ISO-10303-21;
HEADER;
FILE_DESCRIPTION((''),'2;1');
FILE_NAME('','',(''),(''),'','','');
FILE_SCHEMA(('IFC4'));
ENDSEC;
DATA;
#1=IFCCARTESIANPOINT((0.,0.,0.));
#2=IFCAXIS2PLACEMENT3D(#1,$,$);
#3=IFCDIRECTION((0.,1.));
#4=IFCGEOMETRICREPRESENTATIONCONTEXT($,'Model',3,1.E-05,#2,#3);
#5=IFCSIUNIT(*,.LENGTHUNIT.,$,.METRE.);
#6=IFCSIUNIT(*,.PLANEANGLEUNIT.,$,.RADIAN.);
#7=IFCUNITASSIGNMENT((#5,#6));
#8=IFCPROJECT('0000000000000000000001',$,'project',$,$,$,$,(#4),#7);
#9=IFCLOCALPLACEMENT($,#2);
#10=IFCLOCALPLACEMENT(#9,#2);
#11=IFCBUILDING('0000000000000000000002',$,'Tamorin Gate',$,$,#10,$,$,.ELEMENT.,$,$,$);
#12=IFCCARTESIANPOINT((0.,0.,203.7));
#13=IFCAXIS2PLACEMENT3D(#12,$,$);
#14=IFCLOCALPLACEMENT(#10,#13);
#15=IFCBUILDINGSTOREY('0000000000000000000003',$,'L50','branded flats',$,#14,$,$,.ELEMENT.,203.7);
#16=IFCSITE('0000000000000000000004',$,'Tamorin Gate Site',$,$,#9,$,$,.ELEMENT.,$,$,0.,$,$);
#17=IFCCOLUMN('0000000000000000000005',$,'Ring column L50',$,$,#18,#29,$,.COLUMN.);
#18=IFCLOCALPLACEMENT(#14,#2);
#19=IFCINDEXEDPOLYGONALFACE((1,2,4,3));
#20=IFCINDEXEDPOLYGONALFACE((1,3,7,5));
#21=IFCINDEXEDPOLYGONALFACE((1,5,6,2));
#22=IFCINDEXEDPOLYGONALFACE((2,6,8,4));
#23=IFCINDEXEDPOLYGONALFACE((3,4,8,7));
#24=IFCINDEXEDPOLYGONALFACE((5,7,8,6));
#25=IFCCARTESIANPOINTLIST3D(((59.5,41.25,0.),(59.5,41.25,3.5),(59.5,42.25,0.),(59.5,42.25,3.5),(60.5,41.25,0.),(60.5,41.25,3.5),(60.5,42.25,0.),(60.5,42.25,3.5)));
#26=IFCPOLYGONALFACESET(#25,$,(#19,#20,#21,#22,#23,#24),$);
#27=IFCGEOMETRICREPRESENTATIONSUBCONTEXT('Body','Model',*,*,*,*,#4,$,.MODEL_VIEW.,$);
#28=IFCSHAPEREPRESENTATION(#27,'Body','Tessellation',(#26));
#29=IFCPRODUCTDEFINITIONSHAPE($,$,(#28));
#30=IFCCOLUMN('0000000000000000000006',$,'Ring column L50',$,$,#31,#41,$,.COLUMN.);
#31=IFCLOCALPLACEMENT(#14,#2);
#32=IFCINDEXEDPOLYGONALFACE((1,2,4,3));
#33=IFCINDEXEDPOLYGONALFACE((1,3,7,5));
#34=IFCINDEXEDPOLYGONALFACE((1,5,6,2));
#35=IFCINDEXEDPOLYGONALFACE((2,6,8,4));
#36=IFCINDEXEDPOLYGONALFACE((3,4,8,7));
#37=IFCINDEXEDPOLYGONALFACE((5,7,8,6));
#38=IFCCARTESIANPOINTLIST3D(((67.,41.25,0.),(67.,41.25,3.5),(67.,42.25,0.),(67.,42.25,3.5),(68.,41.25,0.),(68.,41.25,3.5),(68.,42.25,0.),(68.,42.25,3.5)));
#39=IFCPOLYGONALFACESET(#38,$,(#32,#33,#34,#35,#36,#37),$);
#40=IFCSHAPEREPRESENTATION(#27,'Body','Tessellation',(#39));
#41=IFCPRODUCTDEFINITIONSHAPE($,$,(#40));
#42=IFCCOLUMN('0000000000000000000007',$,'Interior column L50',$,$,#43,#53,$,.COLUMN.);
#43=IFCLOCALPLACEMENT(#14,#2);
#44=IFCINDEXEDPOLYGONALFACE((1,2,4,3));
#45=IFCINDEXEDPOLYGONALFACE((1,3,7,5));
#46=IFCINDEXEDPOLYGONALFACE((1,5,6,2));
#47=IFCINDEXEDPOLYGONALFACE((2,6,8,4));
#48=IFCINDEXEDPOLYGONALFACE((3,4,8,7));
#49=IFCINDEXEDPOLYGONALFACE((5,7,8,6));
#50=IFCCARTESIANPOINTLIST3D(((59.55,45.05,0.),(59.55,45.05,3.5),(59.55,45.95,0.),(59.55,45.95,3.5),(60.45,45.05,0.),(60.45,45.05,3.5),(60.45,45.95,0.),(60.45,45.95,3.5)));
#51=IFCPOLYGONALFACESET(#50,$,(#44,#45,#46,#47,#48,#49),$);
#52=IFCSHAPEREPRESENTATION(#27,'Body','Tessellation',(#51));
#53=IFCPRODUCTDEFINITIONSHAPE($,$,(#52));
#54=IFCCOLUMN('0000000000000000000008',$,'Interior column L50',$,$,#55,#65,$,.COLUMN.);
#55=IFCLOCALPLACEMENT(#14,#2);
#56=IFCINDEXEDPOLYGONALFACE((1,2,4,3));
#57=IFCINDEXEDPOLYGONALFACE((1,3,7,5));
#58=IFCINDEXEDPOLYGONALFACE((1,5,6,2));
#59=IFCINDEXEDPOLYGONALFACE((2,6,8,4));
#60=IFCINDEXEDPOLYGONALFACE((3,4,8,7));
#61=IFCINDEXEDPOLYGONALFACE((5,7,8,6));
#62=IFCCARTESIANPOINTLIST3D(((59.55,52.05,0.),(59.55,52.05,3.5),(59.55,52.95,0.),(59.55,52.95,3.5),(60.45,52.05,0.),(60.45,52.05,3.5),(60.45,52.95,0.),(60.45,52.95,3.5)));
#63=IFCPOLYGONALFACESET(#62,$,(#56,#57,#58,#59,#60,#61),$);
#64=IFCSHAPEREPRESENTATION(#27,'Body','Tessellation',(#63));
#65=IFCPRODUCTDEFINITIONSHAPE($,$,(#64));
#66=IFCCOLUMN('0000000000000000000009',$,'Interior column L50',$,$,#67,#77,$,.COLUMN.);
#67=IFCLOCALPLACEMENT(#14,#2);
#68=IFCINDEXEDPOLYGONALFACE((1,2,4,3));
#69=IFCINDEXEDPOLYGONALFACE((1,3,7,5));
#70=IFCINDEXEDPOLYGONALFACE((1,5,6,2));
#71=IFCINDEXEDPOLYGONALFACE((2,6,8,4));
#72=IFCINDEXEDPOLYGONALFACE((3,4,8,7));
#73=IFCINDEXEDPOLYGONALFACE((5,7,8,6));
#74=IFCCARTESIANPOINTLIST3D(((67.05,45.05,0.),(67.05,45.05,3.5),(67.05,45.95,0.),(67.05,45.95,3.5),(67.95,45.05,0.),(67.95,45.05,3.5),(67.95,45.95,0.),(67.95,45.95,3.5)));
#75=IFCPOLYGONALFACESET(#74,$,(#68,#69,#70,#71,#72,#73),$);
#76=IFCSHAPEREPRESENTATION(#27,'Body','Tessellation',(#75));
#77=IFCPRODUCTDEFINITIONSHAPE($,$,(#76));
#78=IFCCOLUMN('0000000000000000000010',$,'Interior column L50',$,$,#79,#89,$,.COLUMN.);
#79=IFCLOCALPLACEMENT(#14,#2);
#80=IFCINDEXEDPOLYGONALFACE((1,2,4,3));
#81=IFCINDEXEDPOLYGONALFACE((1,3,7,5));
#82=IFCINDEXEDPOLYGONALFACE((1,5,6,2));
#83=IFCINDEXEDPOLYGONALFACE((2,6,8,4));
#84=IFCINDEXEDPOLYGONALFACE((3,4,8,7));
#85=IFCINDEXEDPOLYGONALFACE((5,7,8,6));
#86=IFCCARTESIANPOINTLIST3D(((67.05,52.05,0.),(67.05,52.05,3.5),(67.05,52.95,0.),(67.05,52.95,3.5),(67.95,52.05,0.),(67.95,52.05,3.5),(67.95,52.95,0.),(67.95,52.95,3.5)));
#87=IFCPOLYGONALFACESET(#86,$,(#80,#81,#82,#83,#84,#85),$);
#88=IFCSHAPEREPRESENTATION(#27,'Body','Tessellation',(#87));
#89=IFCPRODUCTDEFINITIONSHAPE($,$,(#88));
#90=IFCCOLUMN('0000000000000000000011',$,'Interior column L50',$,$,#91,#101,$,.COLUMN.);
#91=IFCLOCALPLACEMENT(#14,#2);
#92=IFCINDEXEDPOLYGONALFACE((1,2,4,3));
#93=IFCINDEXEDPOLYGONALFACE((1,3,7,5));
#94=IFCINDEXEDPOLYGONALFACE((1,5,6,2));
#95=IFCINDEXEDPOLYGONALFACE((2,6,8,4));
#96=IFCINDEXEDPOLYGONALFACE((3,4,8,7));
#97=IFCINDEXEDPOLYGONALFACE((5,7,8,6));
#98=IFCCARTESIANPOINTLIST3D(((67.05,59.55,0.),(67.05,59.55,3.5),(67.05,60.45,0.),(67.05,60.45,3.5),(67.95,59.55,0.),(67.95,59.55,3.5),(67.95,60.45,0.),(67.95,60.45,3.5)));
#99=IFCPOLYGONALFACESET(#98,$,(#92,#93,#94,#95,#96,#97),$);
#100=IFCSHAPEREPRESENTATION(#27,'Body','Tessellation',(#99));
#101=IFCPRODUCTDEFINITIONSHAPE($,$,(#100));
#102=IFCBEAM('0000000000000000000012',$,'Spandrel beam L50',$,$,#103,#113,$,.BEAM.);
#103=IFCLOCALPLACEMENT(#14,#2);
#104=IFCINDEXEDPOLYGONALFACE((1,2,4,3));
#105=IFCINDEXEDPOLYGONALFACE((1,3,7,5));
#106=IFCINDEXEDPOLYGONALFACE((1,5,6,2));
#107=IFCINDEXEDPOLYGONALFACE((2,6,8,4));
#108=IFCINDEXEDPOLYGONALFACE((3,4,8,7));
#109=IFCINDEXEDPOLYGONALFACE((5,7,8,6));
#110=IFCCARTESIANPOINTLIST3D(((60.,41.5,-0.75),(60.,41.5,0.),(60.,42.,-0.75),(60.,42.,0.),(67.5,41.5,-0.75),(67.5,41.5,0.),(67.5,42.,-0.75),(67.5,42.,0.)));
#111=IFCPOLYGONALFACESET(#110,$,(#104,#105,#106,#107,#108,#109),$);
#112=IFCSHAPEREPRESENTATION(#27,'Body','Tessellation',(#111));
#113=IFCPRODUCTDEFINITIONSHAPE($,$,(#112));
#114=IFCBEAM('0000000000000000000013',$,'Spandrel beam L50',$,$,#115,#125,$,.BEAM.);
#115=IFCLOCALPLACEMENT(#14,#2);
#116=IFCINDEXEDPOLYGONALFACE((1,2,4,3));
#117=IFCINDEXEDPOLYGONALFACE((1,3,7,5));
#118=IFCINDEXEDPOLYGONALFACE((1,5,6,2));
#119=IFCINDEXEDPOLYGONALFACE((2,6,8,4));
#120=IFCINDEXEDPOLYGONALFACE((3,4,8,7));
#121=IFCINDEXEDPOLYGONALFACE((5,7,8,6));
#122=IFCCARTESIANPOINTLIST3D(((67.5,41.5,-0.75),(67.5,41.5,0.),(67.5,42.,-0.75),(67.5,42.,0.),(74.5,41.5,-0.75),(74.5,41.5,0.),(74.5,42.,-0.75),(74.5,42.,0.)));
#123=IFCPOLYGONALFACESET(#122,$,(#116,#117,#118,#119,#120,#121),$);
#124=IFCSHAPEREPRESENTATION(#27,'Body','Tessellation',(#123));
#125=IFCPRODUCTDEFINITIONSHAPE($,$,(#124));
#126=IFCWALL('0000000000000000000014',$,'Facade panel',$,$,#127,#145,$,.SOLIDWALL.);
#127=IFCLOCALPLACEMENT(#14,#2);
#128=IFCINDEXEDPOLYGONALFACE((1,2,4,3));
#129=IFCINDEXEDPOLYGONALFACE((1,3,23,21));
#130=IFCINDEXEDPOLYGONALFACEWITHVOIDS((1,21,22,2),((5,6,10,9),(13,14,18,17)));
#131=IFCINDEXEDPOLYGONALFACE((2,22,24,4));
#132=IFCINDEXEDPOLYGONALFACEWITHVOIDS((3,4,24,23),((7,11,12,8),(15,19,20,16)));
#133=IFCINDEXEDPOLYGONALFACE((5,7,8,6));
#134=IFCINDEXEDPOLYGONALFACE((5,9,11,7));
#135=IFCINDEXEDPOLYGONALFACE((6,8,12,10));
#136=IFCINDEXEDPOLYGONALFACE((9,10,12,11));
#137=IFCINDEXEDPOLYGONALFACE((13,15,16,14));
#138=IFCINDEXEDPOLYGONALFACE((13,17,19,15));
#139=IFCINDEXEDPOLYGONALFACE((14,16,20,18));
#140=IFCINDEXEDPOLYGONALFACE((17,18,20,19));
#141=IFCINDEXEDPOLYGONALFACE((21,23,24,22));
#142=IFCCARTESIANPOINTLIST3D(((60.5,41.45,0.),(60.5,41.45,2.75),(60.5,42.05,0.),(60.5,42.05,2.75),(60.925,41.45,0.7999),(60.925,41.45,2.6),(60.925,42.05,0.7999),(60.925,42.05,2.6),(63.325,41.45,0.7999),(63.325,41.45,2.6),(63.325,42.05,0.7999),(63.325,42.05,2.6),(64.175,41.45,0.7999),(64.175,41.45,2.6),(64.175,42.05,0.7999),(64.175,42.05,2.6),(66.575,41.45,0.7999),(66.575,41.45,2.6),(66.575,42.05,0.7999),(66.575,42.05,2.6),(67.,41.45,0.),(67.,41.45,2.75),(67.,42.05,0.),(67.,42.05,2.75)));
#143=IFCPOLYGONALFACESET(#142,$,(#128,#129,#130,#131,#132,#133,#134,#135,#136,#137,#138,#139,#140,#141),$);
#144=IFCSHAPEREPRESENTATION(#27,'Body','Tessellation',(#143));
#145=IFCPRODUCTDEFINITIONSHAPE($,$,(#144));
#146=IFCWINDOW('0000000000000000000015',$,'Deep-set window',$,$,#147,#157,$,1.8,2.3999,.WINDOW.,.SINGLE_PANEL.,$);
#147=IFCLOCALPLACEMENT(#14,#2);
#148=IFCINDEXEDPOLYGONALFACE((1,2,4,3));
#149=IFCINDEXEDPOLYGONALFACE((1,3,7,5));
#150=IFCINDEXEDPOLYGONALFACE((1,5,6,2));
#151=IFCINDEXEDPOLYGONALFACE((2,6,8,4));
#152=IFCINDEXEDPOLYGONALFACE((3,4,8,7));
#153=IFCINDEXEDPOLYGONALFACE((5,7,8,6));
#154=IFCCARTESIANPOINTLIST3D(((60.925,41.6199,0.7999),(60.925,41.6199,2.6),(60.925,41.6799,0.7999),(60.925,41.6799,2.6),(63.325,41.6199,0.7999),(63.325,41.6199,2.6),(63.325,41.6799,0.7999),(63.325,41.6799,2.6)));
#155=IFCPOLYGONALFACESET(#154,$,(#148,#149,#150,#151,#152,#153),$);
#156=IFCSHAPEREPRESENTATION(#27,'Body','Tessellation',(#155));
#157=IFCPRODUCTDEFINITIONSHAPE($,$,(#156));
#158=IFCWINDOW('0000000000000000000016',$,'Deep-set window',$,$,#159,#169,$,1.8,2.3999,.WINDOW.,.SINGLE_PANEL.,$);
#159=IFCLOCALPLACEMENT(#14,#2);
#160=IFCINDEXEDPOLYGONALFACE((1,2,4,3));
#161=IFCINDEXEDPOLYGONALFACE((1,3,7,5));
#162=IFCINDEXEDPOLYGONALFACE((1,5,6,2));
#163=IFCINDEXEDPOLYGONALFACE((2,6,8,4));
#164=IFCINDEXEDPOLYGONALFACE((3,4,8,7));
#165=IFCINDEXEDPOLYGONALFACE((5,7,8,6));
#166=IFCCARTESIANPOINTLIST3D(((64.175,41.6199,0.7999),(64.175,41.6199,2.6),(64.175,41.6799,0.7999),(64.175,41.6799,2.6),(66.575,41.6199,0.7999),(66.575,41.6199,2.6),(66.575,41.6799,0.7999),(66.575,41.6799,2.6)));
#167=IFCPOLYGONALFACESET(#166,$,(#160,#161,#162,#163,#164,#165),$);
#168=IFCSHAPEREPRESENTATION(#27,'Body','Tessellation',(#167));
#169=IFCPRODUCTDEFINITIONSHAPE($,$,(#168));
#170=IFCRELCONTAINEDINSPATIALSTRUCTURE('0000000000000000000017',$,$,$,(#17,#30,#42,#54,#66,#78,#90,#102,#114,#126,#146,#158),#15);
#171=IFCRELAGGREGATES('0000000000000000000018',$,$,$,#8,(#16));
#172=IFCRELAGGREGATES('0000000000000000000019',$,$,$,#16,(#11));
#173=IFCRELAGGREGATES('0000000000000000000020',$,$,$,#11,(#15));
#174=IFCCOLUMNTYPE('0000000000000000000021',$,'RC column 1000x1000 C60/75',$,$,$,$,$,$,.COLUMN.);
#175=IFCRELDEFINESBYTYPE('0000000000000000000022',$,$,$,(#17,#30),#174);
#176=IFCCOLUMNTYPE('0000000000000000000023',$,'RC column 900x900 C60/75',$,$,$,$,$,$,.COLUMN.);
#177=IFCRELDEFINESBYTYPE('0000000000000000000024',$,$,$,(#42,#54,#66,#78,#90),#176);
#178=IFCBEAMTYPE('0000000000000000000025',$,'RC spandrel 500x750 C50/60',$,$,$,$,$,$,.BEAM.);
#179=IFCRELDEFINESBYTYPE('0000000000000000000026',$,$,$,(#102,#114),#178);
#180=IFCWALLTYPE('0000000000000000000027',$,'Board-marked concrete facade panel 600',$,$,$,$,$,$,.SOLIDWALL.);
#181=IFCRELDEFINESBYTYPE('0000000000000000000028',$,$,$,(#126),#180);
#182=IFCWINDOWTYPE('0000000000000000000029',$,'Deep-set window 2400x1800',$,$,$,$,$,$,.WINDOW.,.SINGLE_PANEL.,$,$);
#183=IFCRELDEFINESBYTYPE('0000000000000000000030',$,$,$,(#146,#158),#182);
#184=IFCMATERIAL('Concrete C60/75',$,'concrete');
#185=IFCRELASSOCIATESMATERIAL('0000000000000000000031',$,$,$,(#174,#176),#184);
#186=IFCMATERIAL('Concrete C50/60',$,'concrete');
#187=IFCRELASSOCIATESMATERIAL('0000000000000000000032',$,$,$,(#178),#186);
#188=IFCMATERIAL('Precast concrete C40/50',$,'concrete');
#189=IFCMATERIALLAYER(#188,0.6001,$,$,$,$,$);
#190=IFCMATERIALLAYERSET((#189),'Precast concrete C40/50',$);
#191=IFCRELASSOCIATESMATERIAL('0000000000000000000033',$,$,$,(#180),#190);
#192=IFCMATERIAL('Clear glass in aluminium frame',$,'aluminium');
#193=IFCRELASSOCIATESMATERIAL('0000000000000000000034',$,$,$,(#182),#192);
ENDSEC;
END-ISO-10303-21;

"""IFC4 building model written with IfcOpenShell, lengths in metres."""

from ifc_helpers import new_model, si_unit, direction, frame, frame_2d, origin, origin_2d, place, context, subcontext, project, spatial, rectangle, extrude, material, layer, layer_set, material_profile, profile_set, type_object, element, fill, save


model = new_model("IFC4")

# Units and contexts
model_context = context("Model", 3, precision=1e-05, world=origin(), true_north=direction((0.0, 1.0)))
body_context = subcontext(model_context, "Body", "Model", "MODEL_VIEW")
ifc_project = project(units=[si_unit("LENGTHUNIT", "METRE"), si_unit("PLANEANGLEUNIT", "RADIAN")], contexts=[model_context])

# Site, building, storey
site_placement = place(None, origin())
site = spatial("IfcSite", under=ifc_project, at=site_placement, Name="Tamorin Gate Site", CompositionType="ELEMENT", RefElevation=0.0)
building_placement = place(site_placement, origin())
building = spatial("IfcBuilding", under=site, at=building_placement, Name="Tamorin Gate", CompositionType="ELEMENT")
storey_placement = place(building_placement, frame((0.0, 0.0, 203.7)))
storey = spatial("IfcBuildingStorey", under=building, at=storey_placement, Name="L50", Description="branded flats", CompositionType="ELEMENT", Elevation=203.7)

# Columns
ifc_material_1 = material(Name="Concrete C60/75", Category="concrete")
ifc_material_profile_1 = material_profile(ifc_material_1, rectangle(XDim=1.0, YDim=1.0, at=origin_2d()), Name="RC 1000x1000")
ifc_profile_set_1 = profile_set([ifc_material_profile_1], Name="Concrete C60/75")
column_type_1 = type_object("IfcColumnType", Name="RC column 1000x1000 C60/75", PredefinedType="COLUMN", material=ifc_profile_set_1)
for number, where, z_axis, x_axis, name in (
    (1, (60.0, 41.75, 0.0), (0.0, 0.0, 1.0), (1.0, 0.0, 0.0), "Ring column L50"),
    (2, (67.5, 41.75, 0.0), (0.0, 0.0, 1.0), (1.0, 0.0, 0.0), "Ring column L50"),
):
    element("IfcColumn", number, at=place(storey_placement, frame(where, z_axis=z_axis, x_axis=x_axis)), inside=storey, type_object=column_type_1, Name=name, PredefinedType="COLUMN", context=body_context, shape_type="SweptSolid", body=[
        extrude(rectangle(XDim=1.0, YDim=1.0, at=origin_2d()), origin(), (0.0, 0.0, 1.0), 3.5),
    ])
ifc_material_profile_2 = material_profile(ifc_material_1, rectangle(XDim=0.8999, YDim=0.8999, at=origin_2d()), Name="RC 900x900")
ifc_profile_set_2 = profile_set([ifc_material_profile_2], Name="Concrete C60/75")
column_type_2 = type_object("IfcColumnType", Name="RC column 900x900 C60/75", PredefinedType="COLUMN", material=ifc_profile_set_2)
for number, where, z_axis, x_axis, name in (
    (3, (60.0, 45.5, 0.0), (0.0, 0.0, 1.0), (1.0, 0.0, 0.0), "Interior column L50"),
    (4, (60.0, 52.5, 0.0), (0.0, 0.0, 1.0), (1.0, 0.0, 0.0), "Interior column L50"),
    (5, (67.5, 45.5, 0.0), (0.0, 0.0, 1.0), (1.0, 0.0, 0.0), "Interior column L50"),
    (6, (67.5, 52.5, 0.0), (0.0, 0.0, 1.0), (1.0, 0.0, 0.0), "Interior column L50"),
    (7, (67.5, 60.0, 0.0), (0.0, 0.0, 1.0), (1.0, 0.0, 0.0), "Interior column L50"),
):
    element("IfcColumn", number, at=place(storey_placement, frame(where, z_axis=z_axis, x_axis=x_axis)), inside=storey, type_object=column_type_2, Name=name, PredefinedType="COLUMN", context=body_context, shape_type="SweptSolid", body=[
        extrude(rectangle(XDim=0.8999, YDim=0.8999, at=origin_2d()), origin(), (0.0, 0.0, 1.0), 3.5),
    ])

# Beams
ifc_material_2 = material(Name="Concrete C50/60", Category="concrete")
ifc_material_profile_3 = material_profile(ifc_material_2, rectangle(XDim=0.5, YDim=0.75, at=origin_2d()), Name="RC 500x750")
ifc_profile_set_3 = profile_set([ifc_material_profile_3], Name="Concrete C50/60")
beam_type = type_object("IfcBeamType", Name="RC spandrel 500x750 C50/60", PredefinedType="BEAM", material=ifc_profile_set_3)
beam_1_placement = place(storey_placement, frame((60.0, 41.75, -0.375), z_axis=(1.0, 0.0, 0.0), x_axis=(0.0, 1.0, 0.0)))
element("IfcBeam", 8, at=beam_1_placement, inside=storey, type_object=beam_type, Name="Spandrel beam L50", PredefinedType="BEAM", context=body_context, shape_type="SweptSolid", body=[
    extrude(rectangle(XDim=0.5, YDim=0.75, at=origin_2d()), origin(), (0.0, 0.0, 1.0), 7.5),
])
beam_2_placement = place(storey_placement, frame((67.5, 41.75, -0.375), z_axis=(1.0, 0.0, 0.0), x_axis=(0.0, 1.0, 0.0)))
element("IfcBeam", 9, at=beam_2_placement, inside=storey, type_object=beam_type, Name="Spandrel beam L50", PredefinedType="BEAM", context=body_context, shape_type="SweptSolid", body=[
    extrude(rectangle(XDim=0.5, YDim=0.75, at=origin_2d()), origin(), (0.0, 0.0, 1.0), 7.0),
])

# Wall, openings, windows
ifc_material_3 = material(Name="Precast concrete C40/50", Category="concrete")
ifc_layer_1 = layer(ifc_material_3, 0.6001)
ifc_layer_set_1 = layer_set([ifc_layer_1], Name="Precast concrete C40/50")
wall_type_1 = type_object("IfcWallType", Name="Board-marked concrete facade panel 600", PredefinedType="SOLIDWALL", material=ifc_layer_set_1)
wall_1_placement = place(storey_placement, frame((60.5, 41.75, 0.0), z_axis=(0.0, 0.0, 1.0), x_axis=(1.0, 0.0, 0.0)))
wall_1 = element("IfcWall", 10, at=wall_1_placement, inside=storey, type_object=wall_type_1, Name="Facade panel", PredefinedType="SOLIDWALL", context=body_context, shape_type="SweptSolid", body=[
    extrude(rectangle(XDim=6.5, YDim=0.6001, at=frame_2d((3.25, 0.0))), origin(), (0.0, 0.0, 1.0), 2.75),
])
opening_1_placement = place(wall_1_placement, frame((0.425, 0.0, 0.8)))
opening_1 = element("IfcOpeningElement", 11, at=opening_1_placement, cuts=wall_1, PredefinedType="OPENING", context=body_context, shape_type="SweptSolid", body=[
    extrude(rectangle(XDim=2.3999, YDim=1.8, at=frame_2d((1.2, 0.8999))), frame((0.0, 0.3101, 0.0), z_axis=(0.0, -1.0, 0.0), x_axis=(1.0, 0.0, 0.0)), (0.0, 0.0, 1.0), 0.6201),
])
opening_2_placement = place(wall_1_placement, frame((3.675, 0.0, 0.8)))
opening_2 = element("IfcOpeningElement", 12, at=opening_2_placement, cuts=wall_1, PredefinedType="OPENING", context=body_context, shape_type="SweptSolid", body=[
    extrude(rectangle(XDim=2.3999, YDim=1.8, at=frame_2d((1.2, 0.8999))), frame((0.0, 0.3101, 0.0), z_axis=(0.0, -1.0, 0.0), x_axis=(1.0, 0.0, 0.0)), (0.0, 0.0, 1.0), 0.6201),
])
ifc_material_4 = material(Name="Clear glass in aluminium frame", Category="aluminium")
window_type = type_object("IfcWindowType", Name="Deep-set window 2400x1800", PartitioningType="SINGLE_PANEL", PredefinedType="WINDOW", material=ifc_material_4)
window_1_placement = place(opening_1_placement, origin())
window_1 = element("IfcWindow", 13, at=window_1_placement, inside=storey, type_object=window_type, Name="Deep-set window", OverallHeight=1.8, OverallWidth=2.3999, PartitioningType="SINGLE_PANEL", PredefinedType="WINDOW", context=body_context, shape_type="SweptSolid", body=[
    extrude(rectangle(XDim=2.3999, YDim=1.8, at=frame_2d((1.2, 0.8999))), frame((0.0, -0.0701, 0.0), z_axis=(0.0, -1.0, 0.0), x_axis=(1.0, 0.0, 0.0)), (0.0, 0.0, 1.0), 0.0601),
])
fill(opening_1, window_1)
window_2_placement = place(opening_2_placement, origin())
window_2 = element("IfcWindow", 14, at=window_2_placement, inside=storey, type_object=window_type, Name="Deep-set window", OverallHeight=1.8, OverallWidth=2.3999, PartitioningType="SINGLE_PANEL", PredefinedType="WINDOW", context=body_context, shape_type="SweptSolid", body=[
    extrude(rectangle(XDim=2.3999, YDim=1.8, at=frame_2d((1.2, 0.8999))), frame((0.0, -0.0701, 0.0), z_axis=(0.0, -1.0, 0.0), x_axis=(1.0, 0.0, 0.0)), (0.0, 0.0, 1.0), 0.0601),
])
fill(opening_2, window_2)

save(model, "model.ifc")
